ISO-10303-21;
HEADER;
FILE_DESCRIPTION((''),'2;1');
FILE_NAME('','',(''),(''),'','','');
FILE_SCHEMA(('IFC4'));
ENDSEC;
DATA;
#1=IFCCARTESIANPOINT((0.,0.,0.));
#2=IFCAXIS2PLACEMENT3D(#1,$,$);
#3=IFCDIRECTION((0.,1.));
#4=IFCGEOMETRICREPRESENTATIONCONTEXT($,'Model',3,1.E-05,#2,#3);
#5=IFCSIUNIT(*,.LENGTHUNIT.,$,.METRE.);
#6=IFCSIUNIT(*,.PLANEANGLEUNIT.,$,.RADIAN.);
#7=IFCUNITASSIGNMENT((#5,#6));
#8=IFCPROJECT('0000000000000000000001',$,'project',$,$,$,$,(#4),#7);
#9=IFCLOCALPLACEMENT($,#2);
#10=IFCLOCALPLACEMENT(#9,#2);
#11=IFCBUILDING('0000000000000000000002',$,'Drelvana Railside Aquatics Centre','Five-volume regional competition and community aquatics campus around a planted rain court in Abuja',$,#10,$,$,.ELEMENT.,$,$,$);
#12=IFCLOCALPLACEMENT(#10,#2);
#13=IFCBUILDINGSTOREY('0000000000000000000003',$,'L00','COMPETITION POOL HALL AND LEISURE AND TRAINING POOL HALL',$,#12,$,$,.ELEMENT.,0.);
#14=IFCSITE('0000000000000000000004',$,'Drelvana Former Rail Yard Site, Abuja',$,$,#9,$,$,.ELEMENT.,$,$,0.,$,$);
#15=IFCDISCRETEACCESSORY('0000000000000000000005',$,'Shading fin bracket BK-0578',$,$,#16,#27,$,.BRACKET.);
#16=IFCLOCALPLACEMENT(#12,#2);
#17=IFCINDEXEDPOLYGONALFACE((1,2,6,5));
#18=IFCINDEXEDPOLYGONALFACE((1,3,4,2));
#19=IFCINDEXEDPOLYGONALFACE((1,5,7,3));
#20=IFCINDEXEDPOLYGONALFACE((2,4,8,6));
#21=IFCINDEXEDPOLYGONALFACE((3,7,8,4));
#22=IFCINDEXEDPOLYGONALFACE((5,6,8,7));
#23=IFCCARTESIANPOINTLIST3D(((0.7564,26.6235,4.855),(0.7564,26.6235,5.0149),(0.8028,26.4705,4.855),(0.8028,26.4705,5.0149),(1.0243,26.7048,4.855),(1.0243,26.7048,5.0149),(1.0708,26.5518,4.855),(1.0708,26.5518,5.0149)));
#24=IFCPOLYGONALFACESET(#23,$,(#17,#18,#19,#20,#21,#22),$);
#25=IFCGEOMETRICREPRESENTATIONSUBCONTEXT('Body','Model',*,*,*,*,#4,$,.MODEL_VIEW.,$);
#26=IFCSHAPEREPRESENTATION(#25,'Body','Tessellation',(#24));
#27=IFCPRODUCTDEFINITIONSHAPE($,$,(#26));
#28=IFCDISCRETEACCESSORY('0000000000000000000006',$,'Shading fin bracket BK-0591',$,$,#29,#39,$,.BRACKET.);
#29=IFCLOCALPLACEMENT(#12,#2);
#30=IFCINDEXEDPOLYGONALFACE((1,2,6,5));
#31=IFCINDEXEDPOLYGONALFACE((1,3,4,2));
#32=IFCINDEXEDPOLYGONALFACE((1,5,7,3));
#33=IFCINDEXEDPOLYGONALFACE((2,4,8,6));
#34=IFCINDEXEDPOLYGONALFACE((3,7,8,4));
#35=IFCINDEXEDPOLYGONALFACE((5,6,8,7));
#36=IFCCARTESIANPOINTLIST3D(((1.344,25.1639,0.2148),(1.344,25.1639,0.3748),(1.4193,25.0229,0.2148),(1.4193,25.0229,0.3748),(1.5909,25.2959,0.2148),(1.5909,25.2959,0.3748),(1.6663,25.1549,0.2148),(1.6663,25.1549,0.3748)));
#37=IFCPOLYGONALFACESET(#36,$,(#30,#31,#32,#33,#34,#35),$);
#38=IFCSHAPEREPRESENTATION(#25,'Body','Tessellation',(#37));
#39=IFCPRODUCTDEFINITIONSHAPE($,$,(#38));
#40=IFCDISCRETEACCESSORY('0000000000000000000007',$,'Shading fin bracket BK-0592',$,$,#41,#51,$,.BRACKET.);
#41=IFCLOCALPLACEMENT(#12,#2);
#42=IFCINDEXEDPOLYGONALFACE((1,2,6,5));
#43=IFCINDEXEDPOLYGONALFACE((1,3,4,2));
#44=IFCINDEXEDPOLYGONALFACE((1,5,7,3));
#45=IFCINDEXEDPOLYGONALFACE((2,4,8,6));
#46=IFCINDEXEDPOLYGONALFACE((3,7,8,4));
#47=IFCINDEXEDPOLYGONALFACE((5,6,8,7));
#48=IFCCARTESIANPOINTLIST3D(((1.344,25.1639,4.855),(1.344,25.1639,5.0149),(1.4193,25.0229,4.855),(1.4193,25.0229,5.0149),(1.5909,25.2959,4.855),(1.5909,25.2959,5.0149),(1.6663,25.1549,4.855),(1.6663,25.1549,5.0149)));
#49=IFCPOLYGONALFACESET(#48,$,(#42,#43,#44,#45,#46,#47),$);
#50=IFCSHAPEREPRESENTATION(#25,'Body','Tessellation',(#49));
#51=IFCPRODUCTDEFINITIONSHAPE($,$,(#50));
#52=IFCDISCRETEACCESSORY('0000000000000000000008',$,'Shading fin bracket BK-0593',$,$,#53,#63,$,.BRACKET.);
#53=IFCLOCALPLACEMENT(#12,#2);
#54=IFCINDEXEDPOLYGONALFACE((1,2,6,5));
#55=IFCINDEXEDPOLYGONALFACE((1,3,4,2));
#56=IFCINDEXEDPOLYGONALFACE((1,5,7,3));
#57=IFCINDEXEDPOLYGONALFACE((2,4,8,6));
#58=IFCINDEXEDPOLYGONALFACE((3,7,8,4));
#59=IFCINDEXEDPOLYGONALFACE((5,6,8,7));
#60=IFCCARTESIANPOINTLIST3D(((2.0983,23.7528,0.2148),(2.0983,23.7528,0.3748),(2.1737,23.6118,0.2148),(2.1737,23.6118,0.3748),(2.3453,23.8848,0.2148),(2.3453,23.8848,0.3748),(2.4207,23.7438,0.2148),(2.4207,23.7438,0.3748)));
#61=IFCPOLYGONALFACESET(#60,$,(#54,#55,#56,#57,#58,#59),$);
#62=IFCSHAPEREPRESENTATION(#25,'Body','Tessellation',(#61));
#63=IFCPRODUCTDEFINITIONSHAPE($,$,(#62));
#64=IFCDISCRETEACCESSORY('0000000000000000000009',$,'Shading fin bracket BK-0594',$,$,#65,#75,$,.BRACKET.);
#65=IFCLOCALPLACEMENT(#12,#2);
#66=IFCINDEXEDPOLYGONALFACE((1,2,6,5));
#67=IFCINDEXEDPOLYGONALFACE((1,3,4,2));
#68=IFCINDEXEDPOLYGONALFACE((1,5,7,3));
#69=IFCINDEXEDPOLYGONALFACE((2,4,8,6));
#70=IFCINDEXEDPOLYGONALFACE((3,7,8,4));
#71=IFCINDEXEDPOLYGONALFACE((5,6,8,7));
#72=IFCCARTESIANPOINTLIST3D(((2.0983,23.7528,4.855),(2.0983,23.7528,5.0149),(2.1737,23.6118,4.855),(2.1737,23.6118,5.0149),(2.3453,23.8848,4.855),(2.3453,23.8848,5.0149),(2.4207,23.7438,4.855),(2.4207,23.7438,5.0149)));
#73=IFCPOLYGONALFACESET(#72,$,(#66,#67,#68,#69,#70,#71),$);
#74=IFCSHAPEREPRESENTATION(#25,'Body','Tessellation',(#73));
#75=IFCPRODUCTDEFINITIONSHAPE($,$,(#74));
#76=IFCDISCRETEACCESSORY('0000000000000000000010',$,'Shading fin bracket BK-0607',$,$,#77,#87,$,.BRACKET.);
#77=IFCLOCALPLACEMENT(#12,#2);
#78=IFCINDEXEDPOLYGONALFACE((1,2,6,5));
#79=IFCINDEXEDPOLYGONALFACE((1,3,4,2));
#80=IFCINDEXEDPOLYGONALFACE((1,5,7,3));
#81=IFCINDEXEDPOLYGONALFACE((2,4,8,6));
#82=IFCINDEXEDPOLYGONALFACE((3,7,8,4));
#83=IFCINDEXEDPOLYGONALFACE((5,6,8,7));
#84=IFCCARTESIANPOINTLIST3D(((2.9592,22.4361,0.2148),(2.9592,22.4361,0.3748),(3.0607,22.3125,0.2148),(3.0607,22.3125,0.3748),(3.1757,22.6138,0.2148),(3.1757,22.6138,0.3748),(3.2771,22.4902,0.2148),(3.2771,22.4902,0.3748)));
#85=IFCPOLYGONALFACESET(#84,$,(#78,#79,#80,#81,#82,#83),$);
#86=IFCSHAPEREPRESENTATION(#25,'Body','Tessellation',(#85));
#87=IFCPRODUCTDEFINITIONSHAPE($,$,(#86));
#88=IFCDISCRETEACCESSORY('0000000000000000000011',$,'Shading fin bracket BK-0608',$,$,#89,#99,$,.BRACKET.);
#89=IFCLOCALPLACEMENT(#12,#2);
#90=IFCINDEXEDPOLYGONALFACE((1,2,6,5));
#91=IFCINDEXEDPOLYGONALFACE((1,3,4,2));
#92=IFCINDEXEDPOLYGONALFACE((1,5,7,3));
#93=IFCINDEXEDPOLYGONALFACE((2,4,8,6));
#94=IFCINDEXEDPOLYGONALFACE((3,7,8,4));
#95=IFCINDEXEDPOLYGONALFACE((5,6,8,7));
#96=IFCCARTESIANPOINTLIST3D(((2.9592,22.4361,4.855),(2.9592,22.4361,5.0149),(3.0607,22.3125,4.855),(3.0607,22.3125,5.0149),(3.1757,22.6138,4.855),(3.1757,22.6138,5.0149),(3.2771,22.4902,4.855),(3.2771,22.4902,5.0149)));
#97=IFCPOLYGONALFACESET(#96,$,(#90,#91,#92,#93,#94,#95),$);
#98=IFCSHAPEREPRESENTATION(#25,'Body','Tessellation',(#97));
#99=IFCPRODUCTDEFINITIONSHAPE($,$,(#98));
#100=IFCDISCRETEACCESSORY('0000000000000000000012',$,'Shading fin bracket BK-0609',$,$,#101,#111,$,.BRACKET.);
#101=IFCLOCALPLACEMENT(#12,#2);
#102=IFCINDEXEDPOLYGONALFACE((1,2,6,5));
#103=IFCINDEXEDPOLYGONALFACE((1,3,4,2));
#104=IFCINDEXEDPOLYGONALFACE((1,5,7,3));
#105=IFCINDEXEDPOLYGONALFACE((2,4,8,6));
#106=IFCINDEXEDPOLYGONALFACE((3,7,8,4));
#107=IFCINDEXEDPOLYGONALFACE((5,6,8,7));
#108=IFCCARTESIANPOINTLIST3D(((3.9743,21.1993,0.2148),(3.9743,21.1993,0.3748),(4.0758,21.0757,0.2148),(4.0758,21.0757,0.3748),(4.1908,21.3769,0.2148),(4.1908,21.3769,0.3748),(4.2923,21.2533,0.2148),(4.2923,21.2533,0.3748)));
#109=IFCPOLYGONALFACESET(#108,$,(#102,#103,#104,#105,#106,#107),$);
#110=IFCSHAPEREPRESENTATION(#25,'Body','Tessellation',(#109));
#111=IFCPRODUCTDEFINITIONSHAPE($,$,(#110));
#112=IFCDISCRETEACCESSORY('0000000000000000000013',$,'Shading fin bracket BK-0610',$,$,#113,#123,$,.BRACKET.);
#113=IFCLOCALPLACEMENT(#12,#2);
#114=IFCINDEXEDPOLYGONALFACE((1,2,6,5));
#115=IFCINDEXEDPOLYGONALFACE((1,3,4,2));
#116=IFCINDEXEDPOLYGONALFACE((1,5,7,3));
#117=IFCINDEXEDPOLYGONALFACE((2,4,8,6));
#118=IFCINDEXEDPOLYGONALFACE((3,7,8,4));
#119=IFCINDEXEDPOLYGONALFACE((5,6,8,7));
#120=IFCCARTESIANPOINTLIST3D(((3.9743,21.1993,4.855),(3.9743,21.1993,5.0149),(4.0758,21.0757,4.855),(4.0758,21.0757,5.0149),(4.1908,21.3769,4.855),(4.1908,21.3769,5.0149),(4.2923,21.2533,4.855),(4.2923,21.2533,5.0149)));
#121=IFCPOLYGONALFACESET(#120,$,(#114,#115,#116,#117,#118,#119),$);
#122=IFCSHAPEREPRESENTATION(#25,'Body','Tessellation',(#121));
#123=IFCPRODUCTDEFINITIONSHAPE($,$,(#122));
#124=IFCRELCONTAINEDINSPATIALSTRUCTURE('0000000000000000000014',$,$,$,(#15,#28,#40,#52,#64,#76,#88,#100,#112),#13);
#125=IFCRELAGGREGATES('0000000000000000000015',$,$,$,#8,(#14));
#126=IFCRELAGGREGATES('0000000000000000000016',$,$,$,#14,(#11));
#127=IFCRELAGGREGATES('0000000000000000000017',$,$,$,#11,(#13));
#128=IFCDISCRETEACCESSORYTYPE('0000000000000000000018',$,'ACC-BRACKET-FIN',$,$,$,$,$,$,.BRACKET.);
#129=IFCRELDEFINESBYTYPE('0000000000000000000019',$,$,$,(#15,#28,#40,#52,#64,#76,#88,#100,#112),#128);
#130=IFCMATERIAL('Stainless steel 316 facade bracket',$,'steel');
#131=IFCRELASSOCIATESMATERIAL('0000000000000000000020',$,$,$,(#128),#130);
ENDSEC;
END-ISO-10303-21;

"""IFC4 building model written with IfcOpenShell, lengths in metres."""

from ifc_helpers import new_model, si_unit, direction, frame, origin, origin_2d, place, context, subcontext, project, spatial, rectangle, extrude, material, type_object, element, save


model = new_model("IFC4")

# Units and contexts
model_context = context("Model", 3, precision=1e-05, world=origin(), true_north=direction((0.0, 1.0)))
body_context = subcontext(model_context, "Body", "Model", "MODEL_VIEW")
ifc_project = project(units=[si_unit("LENGTHUNIT", "METRE"), si_unit("PLANEANGLEUNIT", "RADIAN")], contexts=[model_context])

# Site, building, storey
site_placement = place(None, origin())
site = spatial("IfcSite", under=ifc_project, at=site_placement, Name="Drelvana Former Rail Yard Site, Abuja", CompositionType="ELEMENT", RefElevation=0.0)
building_placement = place(site_placement, origin())
building = spatial("IfcBuilding", under=site, at=building_placement, Name="Drelvana Railside Aquatics Centre", Description="Five-volume regional competition and community aquatics campus around a planted rain court in Abuja", CompositionType="ELEMENT")
storey_placement = place(building_placement, origin())
storey = spatial("IfcBuildingStorey", under=building, at=storey_placement, Name="L00", Description="COMPETITION POOL HALL AND LEISURE AND TRAINING POOL HALL", CompositionType="ELEMENT", Elevation=0.0)

# Discrete accessories
ifc_material_1 = material(Name="Stainless steel 316 facade bracket", Category="steel")
discrete_accessory_type = type_object("IfcDiscreteAccessoryType", Name="ACC-BRACKET-FIN", PredefinedType="BRACKET", material=ifc_material_1)
for number, where, z_axis, x_axis, name in (
    (1, (0.9136, 26.5876, 4.855), (0.0, 0.0, 1.0), (-0.95694, -0.290285, 0.0), "Shading fin bracket BK-0578"),
    (2, (1.5051, 25.1594, 0.2148), (0.0, 0.0, 1.0), (-0.881921, -0.471397, 0.0), "Shading fin bracket BK-0591"),
    (3, (1.5051, 25.1594, 4.855), (0.0, 0.0, 1.0), (-0.881921, -0.471397, 0.0), "Shading fin bracket BK-0592"),
    (4, (2.2595, 23.7483, 0.2148), (0.0, 0.0, 1.0), (-0.881921, -0.471397, 0.0), "Shading fin bracket BK-0593"),
    (5, (2.2595, 23.7483, 4.855), (0.0, 0.0, 1.0), (-0.881921, -0.471397, 0.0), "Shading fin bracket BK-0594"),
    (6, (3.1182, 22.4631, 0.2148), (0.0, 0.0, 1.0), (-0.77301, -0.634393, 0.0), "Shading fin bracket BK-0607"),
    (7, (3.1182, 22.4631, 4.855), (0.0, 0.0, 1.0), (-0.77301, -0.634393, 0.0), "Shading fin bracket BK-0608"),
    (8, (4.1333, 21.2263, 0.2148), (0.0, 0.0, 1.0), (-0.77301, -0.634393, 0.0), "Shading fin bracket BK-0609"),
    (9, (4.1333, 21.2263, 4.855), (0.0, 0.0, 1.0), (-0.77301, -0.634393, 0.0), "Shading fin bracket BK-0610"),
):
    element("IfcDiscreteAccessory", number, at=place(storey_placement, frame(where, z_axis=z_axis, x_axis=x_axis)), inside=storey, type_object=discrete_accessory_type, Name=name, PredefinedType="BRACKET", context=body_context, shape_type="SweptSolid", body=[
        extrude(rectangle(XDim=0.28, YDim=0.1599, at=origin_2d()), origin(), (0.0, 0.0, 1.0), 0.1599),
    ])

save(model, "model.ifc")
